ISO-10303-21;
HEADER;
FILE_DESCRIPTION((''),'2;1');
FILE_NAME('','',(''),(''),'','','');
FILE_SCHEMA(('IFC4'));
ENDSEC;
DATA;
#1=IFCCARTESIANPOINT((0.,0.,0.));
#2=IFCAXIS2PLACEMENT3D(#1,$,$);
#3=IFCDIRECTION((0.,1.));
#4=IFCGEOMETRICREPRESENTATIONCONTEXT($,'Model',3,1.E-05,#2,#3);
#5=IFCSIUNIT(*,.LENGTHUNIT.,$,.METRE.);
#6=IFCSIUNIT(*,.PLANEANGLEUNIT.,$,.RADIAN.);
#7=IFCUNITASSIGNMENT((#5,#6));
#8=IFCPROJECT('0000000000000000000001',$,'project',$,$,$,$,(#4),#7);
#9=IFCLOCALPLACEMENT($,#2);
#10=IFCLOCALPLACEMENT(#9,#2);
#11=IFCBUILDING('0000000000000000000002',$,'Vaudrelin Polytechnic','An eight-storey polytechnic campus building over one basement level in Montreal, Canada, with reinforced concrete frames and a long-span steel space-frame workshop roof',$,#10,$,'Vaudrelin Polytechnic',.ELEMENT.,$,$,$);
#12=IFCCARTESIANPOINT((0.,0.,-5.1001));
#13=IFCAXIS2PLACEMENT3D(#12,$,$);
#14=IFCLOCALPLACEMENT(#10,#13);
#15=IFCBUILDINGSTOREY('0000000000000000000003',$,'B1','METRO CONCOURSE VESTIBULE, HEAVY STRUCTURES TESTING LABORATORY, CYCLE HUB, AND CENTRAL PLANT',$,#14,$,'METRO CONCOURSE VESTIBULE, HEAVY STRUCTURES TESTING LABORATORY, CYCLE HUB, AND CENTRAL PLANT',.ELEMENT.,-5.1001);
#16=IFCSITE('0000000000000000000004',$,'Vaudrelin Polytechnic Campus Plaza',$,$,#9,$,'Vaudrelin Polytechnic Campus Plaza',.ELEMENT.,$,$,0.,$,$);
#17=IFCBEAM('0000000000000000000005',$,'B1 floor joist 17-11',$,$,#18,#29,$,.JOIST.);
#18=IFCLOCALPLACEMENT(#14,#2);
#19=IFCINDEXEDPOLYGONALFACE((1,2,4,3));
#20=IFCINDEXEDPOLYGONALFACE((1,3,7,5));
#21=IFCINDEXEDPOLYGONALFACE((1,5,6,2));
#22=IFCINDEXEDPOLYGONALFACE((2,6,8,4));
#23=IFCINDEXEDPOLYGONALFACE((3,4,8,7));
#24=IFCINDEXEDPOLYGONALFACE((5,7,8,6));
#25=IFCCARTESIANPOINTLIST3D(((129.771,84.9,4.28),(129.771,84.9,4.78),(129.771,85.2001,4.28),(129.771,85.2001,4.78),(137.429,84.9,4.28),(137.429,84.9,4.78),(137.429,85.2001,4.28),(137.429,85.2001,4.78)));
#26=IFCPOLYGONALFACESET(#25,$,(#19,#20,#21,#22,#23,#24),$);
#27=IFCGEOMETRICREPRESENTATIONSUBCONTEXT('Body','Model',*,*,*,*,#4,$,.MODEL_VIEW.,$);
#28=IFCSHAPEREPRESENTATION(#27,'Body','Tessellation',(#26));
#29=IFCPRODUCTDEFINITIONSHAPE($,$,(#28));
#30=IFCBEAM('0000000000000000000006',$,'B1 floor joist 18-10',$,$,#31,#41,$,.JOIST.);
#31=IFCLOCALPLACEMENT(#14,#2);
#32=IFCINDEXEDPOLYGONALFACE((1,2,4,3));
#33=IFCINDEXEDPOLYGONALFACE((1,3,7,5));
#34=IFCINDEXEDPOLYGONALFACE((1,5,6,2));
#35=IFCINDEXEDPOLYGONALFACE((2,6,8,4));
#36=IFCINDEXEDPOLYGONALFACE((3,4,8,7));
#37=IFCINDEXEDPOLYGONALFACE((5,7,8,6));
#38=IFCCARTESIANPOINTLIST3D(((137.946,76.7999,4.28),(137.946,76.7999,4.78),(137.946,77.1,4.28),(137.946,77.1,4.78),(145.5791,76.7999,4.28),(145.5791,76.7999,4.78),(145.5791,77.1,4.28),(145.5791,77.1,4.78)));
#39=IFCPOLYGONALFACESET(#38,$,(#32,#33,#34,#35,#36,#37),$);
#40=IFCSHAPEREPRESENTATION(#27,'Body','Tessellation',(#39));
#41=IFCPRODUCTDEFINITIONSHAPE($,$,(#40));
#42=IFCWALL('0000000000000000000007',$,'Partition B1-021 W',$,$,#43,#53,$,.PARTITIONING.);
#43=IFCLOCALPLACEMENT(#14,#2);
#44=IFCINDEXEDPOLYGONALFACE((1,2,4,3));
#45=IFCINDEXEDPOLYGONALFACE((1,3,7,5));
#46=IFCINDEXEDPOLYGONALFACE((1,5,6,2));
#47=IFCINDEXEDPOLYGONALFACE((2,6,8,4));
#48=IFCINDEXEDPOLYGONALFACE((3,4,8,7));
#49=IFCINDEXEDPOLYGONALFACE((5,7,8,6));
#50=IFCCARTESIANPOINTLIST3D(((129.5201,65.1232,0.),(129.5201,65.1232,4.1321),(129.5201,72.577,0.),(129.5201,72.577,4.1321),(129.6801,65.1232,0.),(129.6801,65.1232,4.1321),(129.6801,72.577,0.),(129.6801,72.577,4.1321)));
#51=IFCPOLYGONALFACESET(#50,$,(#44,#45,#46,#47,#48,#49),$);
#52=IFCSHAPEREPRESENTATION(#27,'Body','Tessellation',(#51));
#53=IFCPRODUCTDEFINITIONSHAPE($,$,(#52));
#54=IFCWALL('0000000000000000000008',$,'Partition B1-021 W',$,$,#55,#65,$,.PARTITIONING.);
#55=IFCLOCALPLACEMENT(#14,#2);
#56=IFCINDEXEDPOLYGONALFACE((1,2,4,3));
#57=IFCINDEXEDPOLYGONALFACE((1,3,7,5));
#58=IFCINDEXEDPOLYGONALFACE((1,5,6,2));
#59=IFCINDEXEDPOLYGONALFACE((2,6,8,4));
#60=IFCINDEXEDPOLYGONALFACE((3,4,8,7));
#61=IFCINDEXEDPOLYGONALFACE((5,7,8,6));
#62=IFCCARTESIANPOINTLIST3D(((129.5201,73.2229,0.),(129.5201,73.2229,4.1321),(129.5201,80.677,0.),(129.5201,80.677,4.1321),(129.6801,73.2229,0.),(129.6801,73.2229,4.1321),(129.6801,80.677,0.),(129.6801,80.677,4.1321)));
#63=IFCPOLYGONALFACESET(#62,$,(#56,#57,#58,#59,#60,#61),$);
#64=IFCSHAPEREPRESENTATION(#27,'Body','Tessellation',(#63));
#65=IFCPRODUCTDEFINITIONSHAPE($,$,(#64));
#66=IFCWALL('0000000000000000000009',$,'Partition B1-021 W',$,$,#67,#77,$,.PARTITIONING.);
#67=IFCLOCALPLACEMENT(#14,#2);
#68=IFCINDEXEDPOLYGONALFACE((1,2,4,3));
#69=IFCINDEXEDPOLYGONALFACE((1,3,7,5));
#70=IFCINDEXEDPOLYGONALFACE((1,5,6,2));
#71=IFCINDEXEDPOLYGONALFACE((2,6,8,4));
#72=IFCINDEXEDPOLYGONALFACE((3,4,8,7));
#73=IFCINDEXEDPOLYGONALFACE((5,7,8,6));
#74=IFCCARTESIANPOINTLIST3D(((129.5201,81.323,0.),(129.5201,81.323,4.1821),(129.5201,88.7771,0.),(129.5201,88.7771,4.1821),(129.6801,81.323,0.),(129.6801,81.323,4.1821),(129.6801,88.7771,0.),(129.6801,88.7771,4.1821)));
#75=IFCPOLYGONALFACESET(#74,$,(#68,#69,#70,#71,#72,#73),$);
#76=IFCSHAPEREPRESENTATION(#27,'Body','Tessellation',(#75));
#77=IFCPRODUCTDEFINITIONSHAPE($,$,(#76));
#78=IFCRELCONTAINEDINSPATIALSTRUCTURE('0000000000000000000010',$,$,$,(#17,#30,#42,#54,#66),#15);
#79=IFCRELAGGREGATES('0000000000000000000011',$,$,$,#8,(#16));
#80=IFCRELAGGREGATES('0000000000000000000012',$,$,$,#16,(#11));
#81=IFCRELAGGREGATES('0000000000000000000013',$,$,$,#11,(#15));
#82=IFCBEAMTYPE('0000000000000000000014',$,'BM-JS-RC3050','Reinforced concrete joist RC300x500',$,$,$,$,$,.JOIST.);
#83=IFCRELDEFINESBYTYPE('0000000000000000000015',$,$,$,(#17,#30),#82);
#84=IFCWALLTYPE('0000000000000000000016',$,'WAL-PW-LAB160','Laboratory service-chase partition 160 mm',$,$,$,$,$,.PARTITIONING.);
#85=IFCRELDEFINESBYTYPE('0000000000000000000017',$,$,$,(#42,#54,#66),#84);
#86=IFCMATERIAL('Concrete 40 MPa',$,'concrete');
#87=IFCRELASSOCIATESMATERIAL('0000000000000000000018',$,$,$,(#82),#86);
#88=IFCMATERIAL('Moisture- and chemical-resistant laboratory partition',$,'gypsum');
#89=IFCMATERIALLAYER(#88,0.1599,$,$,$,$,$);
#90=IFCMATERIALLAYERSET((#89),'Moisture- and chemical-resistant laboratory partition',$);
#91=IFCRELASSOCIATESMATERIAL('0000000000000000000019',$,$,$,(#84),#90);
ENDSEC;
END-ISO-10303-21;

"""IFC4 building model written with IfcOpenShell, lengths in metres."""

from ifc_helpers import new_model, si_unit, direction, frame, frame_2d, origin, origin_2d, place, context, subcontext, project, spatial, rectangle, extrude, material, layer, layer_set, material_profile, profile_set, type_object, element, save


model = new_model("IFC4")

# Units and contexts
model_context = context("Model", 3, precision=1e-05, world=origin(), true_north=direction((0.0, 1.0)))
body_context = subcontext(model_context, "Body", "Model", "MODEL_VIEW")
ifc_project = project(units=[si_unit("LENGTHUNIT", "METRE"), si_unit("PLANEANGLEUNIT", "RADIAN")], contexts=[model_context])

# Site, building, storey
site_placement = place(None, origin())
site = spatial("IfcSite", under=ifc_project, at=site_placement, Name="Vaudrelin Polytechnic Campus Plaza", LongName="Vaudrelin Polytechnic Campus Plaza", CompositionType="ELEMENT", RefElevation=0.0)
building_placement = place(site_placement, origin())
building = spatial("IfcBuilding", under=site, at=building_placement, Name="Vaudrelin Polytechnic", Description="An eight-storey polytechnic campus building over one basement level in Montreal, Canada, with reinforced concrete frames and a long-span steel space-frame workshop roof", LongName="Vaudrelin Polytechnic", CompositionType="ELEMENT")
storey_placement = place(building_placement, frame((0.0, 0.0, -5.1001)))
storey = spatial("IfcBuildingStorey", under=building, at=storey_placement, Name="B1", Description="METRO CONCOURSE VESTIBULE, HEAVY STRUCTURES TESTING LABORATORY, CYCLE HUB, AND CENTRAL PLANT", LongName="METRO CONCOURSE VESTIBULE, HEAVY STRUCTURES TESTING LABORATORY, CYCLE HUB, AND CENTRAL PLANT", CompositionType="ELEMENT", Elevation=-5.1001)

# Shared definitions
ifc_material_1 = material(Name="Concrete 40 MPa", Category="concrete")

# Beams
ifc_material_profile_1 = material_profile(ifc_material_1, rectangle(XDim=0.3, YDim=0.5, at=origin_2d()), Name="RC300x500")
ifc_profile_set_1 = profile_set([ifc_material_profile_1], Name="Concrete 40 MPa")
beam_type_1 = type_object("IfcBeamType", Name="BM-JS-RC3050", Description="Reinforced concrete joist RC300x500", PredefinedType="JOIST", material=ifc_profile_set_1)
beam_1_placement = place(storey_placement, frame((129.771, 85.05, 4.53), z_axis=(1.0, 0.0, 0.0), x_axis=(0.0, 1.0, 0.0)))
element("IfcBeam", 1, at=beam_1_placement, inside=storey, type_object=beam_type_1, Name="B1 floor joist 17-11", PredefinedType="JOIST", context=body_context, shape_type="SweptSolid", body=[
    extrude(rectangle(XDim=0.3, YDim=0.5, at=origin_2d()), origin(), (0.0, 0.0, 1.0), 7.658),
])
beam_2_placement = place(storey_placement, frame((137.946, 76.95, 4.53), z_axis=(1.0, 0.0, 0.0), x_axis=(0.0, 1.0, 0.0)))
element("IfcBeam", 2, at=beam_2_placement, inside=storey, type_object=beam_type_1, Name="B1 floor joist 18-10", PredefinedType="JOIST", context=body_context, shape_type="SweptSolid", body=[
    extrude(rectangle(XDim=0.3, YDim=0.5, at=origin_2d()), origin(), (0.0, 0.0, 1.0), 7.6331),
])

# Walls
ifc_material_2 = material(Name="Moisture- and chemical-resistant laboratory partition", Category="gypsum")
ifc_layer = layer(ifc_material_2, 0.1599)
ifc_layer_set = layer_set([ifc_layer], Name="Moisture- and chemical-resistant laboratory partition")
wall_type = type_object("IfcWallType", Name="WAL-PW-LAB160", Description="Laboratory service-chase partition 160 mm", PredefinedType="PARTITIONING", material=ifc_layer_set)
wall_1_placement = place(storey_placement, frame((129.6001, 65.123, 0.0), z_axis=(0.0, 0.0, 1.0), x_axis=(0.0, 1.0, 0.0)))
element("IfcWall", 3, at=wall_1_placement, inside=storey, type_object=wall_type, Name="Partition B1-021 W", PredefinedType="PARTITIONING", context=body_context, shape_type="SweptSolid", body=[
    extrude(rectangle(XDim=7.4539, YDim=0.1599, at=frame_2d((3.7271, 0.0))), origin(), (0.0, 0.0, 1.0), 4.1321),
])
wall_2_placement = place(storey_placement, frame((129.6001, 73.2229, 0.0), z_axis=(0.0, 0.0, 1.0), x_axis=(0.0, 1.0, 0.0)))
element("IfcWall", 4, at=wall_2_placement, inside=storey, type_object=wall_type, Name="Partition B1-021 W", PredefinedType="PARTITIONING", context=body_context, shape_type="SweptSolid", body=[
    extrude(rectangle(XDim=7.4541, YDim=0.1599, at=frame_2d((3.7271, 0.0))), origin(), (0.0, 0.0, 1.0), 4.1321),
])
wall_3_placement = place(storey_placement, frame((129.6001, 81.323, 0.0), z_axis=(0.0, 0.0, 1.0), x_axis=(0.0, 1.0, 0.0)))
element("IfcWall", 5, at=wall_3_placement, inside=storey, type_object=wall_type, Name="Partition B1-021 W", PredefinedType="PARTITIONING", context=body_context, shape_type="SweptSolid", body=[
    extrude(rectangle(XDim=7.4541, YDim=0.1599, at=frame_2d((3.7271, 0.0))), origin(), (0.0, 0.0, 1.0), 4.1821),
])

save(model, "model.ifc")
